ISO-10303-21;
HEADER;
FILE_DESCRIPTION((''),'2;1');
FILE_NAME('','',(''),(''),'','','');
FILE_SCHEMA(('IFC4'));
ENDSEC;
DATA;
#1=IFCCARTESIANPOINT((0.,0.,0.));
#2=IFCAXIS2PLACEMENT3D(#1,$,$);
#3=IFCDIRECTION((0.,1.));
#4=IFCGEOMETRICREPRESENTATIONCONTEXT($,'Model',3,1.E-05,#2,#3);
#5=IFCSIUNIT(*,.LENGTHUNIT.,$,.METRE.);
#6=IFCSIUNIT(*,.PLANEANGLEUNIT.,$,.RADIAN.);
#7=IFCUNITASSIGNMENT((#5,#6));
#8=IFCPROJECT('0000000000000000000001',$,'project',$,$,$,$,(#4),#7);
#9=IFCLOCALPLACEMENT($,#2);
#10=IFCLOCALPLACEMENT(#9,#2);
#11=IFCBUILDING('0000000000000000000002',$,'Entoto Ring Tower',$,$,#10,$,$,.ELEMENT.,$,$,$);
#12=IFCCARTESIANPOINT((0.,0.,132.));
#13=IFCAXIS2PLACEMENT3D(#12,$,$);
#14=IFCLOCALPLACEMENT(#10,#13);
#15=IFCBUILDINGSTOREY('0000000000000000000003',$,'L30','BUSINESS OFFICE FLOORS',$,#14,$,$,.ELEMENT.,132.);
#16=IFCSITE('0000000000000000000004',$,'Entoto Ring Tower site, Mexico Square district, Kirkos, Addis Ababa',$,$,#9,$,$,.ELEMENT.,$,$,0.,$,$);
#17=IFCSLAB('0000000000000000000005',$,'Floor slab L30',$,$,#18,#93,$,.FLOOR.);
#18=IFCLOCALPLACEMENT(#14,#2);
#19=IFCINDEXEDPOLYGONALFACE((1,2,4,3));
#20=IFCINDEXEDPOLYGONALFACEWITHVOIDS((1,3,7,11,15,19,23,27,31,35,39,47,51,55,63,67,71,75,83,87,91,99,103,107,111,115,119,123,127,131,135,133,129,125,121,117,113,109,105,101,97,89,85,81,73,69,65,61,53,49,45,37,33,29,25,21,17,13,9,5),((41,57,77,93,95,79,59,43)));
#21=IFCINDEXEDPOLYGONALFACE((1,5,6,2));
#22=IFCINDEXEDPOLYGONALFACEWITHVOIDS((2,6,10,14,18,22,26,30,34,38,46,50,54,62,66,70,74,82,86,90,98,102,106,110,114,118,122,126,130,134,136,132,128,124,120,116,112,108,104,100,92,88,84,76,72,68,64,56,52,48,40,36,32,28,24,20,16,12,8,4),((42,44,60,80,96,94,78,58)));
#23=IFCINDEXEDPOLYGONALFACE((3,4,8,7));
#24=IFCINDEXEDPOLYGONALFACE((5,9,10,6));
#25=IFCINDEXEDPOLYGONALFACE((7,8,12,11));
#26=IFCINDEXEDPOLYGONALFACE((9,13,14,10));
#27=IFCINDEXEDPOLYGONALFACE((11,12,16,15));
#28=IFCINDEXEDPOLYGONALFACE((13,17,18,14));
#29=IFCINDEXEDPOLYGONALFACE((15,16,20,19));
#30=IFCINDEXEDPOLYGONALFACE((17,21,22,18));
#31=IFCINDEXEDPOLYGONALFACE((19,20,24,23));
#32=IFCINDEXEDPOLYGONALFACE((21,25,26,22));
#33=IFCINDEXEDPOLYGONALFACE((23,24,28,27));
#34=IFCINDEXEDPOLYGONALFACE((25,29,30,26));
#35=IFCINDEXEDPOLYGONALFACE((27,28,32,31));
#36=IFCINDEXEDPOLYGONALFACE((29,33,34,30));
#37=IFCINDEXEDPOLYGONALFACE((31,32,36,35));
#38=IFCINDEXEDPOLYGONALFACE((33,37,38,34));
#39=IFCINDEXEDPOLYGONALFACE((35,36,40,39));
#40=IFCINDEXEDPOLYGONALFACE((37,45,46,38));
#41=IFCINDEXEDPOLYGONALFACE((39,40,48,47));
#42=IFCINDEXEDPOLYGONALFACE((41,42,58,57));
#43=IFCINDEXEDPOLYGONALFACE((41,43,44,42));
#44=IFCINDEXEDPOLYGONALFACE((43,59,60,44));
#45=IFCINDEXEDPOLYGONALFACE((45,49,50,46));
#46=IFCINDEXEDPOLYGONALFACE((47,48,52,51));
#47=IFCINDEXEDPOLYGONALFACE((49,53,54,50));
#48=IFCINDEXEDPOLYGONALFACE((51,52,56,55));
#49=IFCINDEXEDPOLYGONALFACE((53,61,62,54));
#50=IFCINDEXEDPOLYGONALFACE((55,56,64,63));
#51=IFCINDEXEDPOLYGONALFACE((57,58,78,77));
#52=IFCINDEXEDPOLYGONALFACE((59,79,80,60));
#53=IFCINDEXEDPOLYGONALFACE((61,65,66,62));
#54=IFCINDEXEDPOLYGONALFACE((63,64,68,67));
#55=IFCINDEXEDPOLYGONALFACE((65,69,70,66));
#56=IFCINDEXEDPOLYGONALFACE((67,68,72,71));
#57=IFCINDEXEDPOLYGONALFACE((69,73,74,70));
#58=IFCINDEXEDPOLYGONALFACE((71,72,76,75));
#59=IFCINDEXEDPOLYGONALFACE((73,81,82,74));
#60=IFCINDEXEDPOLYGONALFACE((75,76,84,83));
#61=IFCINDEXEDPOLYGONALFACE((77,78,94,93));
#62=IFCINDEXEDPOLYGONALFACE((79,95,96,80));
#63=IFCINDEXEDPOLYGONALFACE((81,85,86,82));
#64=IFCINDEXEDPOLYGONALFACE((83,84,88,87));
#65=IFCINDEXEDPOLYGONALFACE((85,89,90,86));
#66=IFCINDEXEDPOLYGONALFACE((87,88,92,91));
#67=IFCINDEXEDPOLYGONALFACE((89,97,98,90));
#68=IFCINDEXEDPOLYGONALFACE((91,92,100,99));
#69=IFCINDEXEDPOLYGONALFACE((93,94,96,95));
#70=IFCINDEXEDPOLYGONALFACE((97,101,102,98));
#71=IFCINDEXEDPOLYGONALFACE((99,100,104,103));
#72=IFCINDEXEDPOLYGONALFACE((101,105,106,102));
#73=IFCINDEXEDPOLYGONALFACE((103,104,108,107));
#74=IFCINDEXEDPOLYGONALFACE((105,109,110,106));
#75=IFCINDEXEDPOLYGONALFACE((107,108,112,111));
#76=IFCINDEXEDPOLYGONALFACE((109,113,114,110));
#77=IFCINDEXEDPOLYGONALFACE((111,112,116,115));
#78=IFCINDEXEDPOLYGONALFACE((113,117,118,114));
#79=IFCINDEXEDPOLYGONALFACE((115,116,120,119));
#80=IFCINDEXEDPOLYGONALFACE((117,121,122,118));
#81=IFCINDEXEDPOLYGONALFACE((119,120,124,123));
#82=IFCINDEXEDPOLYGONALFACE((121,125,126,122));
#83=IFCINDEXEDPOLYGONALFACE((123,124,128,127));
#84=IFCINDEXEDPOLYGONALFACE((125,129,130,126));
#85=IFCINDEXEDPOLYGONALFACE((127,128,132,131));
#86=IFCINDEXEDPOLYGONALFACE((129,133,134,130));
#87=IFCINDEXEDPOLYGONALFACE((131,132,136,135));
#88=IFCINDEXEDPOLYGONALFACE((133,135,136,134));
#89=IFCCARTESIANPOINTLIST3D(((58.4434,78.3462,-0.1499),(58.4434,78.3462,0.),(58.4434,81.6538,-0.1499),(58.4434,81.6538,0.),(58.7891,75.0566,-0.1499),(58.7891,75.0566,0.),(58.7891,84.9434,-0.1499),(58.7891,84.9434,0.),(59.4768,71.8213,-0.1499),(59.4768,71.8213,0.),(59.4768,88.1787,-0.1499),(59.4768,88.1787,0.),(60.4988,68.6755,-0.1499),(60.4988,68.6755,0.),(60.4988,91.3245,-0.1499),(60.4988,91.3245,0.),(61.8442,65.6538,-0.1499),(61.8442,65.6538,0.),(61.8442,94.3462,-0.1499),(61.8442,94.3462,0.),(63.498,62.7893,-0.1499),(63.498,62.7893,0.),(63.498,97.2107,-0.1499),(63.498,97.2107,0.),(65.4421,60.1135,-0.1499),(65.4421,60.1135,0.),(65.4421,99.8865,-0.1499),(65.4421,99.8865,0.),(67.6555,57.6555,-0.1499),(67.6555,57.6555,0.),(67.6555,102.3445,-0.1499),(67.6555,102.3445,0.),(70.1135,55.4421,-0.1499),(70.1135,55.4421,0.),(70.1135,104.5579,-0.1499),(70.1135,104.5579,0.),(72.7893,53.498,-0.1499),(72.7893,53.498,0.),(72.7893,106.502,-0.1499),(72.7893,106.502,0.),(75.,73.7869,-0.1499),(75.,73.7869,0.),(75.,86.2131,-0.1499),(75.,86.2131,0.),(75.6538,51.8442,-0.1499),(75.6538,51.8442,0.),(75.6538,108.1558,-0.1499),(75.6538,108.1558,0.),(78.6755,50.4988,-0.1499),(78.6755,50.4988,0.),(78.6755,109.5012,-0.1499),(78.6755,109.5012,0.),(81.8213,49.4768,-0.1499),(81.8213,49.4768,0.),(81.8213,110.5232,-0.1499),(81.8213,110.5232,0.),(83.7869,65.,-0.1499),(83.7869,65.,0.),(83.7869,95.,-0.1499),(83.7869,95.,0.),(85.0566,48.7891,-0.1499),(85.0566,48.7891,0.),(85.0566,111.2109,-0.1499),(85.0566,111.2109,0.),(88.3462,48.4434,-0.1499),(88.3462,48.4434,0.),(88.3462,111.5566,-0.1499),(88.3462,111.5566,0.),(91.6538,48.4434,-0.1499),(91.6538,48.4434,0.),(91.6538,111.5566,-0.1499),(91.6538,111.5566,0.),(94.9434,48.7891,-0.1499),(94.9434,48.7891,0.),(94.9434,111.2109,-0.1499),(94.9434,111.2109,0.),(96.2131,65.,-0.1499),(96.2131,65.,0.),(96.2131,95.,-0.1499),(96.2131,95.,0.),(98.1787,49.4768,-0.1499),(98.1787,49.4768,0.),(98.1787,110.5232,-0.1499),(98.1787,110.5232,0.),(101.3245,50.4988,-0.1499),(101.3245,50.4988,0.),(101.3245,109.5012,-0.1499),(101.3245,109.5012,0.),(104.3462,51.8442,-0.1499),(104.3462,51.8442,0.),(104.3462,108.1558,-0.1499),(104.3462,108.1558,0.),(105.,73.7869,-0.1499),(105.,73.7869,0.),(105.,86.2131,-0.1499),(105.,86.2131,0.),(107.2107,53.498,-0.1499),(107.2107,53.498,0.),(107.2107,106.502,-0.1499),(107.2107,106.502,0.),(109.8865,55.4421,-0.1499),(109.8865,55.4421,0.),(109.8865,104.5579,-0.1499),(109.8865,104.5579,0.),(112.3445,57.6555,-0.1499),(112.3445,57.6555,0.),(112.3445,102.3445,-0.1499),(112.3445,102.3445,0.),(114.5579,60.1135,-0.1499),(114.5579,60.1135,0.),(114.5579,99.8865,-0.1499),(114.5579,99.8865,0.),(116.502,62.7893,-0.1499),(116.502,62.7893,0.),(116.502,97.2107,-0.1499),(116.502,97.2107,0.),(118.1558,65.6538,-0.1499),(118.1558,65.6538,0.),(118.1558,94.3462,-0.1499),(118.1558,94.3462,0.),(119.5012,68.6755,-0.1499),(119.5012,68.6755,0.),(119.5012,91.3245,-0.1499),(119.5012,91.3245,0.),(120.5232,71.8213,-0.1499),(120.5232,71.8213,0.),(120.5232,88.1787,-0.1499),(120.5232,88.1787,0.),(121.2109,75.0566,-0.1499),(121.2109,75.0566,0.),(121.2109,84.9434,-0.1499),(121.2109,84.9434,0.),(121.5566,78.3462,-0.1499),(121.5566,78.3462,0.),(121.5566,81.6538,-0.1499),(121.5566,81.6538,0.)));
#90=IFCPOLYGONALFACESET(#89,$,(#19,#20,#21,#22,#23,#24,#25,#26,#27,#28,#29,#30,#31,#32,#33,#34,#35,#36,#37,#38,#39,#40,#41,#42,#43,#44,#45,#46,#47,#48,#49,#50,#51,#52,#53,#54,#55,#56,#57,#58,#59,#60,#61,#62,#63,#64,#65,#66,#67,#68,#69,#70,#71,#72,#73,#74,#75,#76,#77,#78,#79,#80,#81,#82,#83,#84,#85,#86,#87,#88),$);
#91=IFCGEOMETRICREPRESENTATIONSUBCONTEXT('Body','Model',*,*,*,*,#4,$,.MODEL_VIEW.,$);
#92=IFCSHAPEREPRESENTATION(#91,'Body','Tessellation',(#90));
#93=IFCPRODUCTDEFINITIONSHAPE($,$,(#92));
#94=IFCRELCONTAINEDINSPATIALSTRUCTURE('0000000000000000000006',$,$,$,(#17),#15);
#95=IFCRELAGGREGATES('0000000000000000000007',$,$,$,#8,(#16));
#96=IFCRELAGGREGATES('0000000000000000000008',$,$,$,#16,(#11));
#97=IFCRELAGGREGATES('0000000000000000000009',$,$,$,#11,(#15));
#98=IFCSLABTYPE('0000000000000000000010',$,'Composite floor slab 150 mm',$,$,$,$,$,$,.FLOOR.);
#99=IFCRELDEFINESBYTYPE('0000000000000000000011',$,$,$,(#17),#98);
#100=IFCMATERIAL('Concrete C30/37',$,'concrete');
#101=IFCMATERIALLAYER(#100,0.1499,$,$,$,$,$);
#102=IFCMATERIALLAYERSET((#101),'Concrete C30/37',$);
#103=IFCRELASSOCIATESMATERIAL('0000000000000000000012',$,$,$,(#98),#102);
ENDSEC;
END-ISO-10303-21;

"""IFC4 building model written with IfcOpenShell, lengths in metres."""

from ifc_helpers import new_model, si_unit, direction, frame, origin, place, context, subcontext, project, spatial, polyline, outline, extrude, material, layer, layer_set, type_object, element, save


model = new_model("IFC4")

# Units and contexts
model_context = context("Model", 3, precision=1e-05, world=origin(), true_north=direction((0.0, 1.0)))
body_context = subcontext(model_context, "Body", "Model", "MODEL_VIEW")
ifc_project = project(units=[si_unit("LENGTHUNIT", "METRE"), si_unit("PLANEANGLEUNIT", "RADIAN")], contexts=[model_context])

# Site, building, storey
site_placement = place(None, origin())
building_placement = place(site_placement, origin())
storey_placement = place(building_placement, frame((0.0, 0.0, 132.0)))
site = spatial("IfcSite", under=ifc_project, at=site_placement, Name="Entoto Ring Tower site, Mexico Square district, Kirkos, Addis Ababa", CompositionType="ELEMENT", RefElevation=0.0)
building = spatial("IfcBuilding", under=site, at=building_placement, Name="Entoto Ring Tower", CompositionType="ELEMENT")
storey = spatial("IfcBuildingStorey", under=building, at=storey_placement, Name="L30", Description="BUSINESS OFFICE FLOORS", CompositionType="ELEMENT", Elevation=132.0)

# Slab
ifc_material_1 = material(Name="Concrete C30/37", Category="concrete")
ifc_layer_1 = layer(ifc_material_1, 0.1499)
ifc_layer_set_1 = layer_set([ifc_layer_1], Name="Concrete C30/37")
slab_type = type_object("IfcSlabType", Name="Composite floor slab 150 mm", PredefinedType="FLOOR", material=ifc_layer_set_1)
slab_placement = place(storey_placement, frame((0.0, 0.0, -0.1499)))
element("IfcSlab", 1, at=slab_placement, inside=storey, type_object=slab_type, Name="Floor slab L30", PredefinedType="FLOOR", context=body_context, shape_type="SweptSolid", body=[
    extrude(outline(polyline([(121.2109, 84.9434), (120.5232, 88.1787), (119.5012, 91.3245), (118.1558, 94.3462), (116.502, 97.2107), (114.5579, 99.8865), (112.3445, 102.3445), (109.8865, 104.5579), (107.2107, 106.502), (104.3462, 108.1558), (101.3245, 109.5012), (98.1787, 110.5232), (94.9434, 111.2109), (91.6538, 111.5566), (88.3462, 111.5566), (85.0566, 111.2109), (81.8213, 110.5232), (78.6755, 109.5012), (75.6538, 108.1558), (72.7893, 106.502), (70.1135, 104.5579), (67.6555, 102.3445), (65.4421, 99.8865), (63.498, 97.2107), (61.8442, 94.3462), (60.4988, 91.3245), (59.4768, 88.1787), (58.7891, 84.9434), (58.4434, 81.6538), (58.4434, 78.3462), (58.7891, 75.0566), (59.4768, 71.8213), (60.4988, 68.6755), (61.8442, 65.6538), (63.498, 62.7893), (65.4421, 60.1135), (67.6555, 57.6555), (70.1135, 55.4421), (72.7893, 53.498), (75.6538, 51.8442), (78.6755, 50.4988), (81.8213, 49.4768), (85.0566, 48.7891), (88.3462, 48.4434), (91.6538, 48.4434), (94.9434, 48.7891), (98.1787, 49.4768), (101.3245, 50.4988), (104.3462, 51.8442), (107.2107, 53.498), (109.8865, 55.4421), (112.3445, 57.6555), (114.5579, 60.1135), (116.502, 62.7893), (118.1558, 65.6538), (119.5012, 68.6755), (120.5232, 71.8213), (121.2109, 75.0566), (121.5566, 78.3462), (121.5566, 81.6538), (121.2109, 84.9434)]), holes=[polyline([(105.0, 73.7869), (105.0, 86.2131), (96.2131, 95.0), (83.7869, 95.0), (75.0, 86.2131), (75.0, 73.7869), (83.7869, 65.0), (96.2131, 65.0), (105.0, 73.7869)])]), origin(), (0.0, 0.0, 1.0), 0.1499),
])

save(model, "model.ifc")
